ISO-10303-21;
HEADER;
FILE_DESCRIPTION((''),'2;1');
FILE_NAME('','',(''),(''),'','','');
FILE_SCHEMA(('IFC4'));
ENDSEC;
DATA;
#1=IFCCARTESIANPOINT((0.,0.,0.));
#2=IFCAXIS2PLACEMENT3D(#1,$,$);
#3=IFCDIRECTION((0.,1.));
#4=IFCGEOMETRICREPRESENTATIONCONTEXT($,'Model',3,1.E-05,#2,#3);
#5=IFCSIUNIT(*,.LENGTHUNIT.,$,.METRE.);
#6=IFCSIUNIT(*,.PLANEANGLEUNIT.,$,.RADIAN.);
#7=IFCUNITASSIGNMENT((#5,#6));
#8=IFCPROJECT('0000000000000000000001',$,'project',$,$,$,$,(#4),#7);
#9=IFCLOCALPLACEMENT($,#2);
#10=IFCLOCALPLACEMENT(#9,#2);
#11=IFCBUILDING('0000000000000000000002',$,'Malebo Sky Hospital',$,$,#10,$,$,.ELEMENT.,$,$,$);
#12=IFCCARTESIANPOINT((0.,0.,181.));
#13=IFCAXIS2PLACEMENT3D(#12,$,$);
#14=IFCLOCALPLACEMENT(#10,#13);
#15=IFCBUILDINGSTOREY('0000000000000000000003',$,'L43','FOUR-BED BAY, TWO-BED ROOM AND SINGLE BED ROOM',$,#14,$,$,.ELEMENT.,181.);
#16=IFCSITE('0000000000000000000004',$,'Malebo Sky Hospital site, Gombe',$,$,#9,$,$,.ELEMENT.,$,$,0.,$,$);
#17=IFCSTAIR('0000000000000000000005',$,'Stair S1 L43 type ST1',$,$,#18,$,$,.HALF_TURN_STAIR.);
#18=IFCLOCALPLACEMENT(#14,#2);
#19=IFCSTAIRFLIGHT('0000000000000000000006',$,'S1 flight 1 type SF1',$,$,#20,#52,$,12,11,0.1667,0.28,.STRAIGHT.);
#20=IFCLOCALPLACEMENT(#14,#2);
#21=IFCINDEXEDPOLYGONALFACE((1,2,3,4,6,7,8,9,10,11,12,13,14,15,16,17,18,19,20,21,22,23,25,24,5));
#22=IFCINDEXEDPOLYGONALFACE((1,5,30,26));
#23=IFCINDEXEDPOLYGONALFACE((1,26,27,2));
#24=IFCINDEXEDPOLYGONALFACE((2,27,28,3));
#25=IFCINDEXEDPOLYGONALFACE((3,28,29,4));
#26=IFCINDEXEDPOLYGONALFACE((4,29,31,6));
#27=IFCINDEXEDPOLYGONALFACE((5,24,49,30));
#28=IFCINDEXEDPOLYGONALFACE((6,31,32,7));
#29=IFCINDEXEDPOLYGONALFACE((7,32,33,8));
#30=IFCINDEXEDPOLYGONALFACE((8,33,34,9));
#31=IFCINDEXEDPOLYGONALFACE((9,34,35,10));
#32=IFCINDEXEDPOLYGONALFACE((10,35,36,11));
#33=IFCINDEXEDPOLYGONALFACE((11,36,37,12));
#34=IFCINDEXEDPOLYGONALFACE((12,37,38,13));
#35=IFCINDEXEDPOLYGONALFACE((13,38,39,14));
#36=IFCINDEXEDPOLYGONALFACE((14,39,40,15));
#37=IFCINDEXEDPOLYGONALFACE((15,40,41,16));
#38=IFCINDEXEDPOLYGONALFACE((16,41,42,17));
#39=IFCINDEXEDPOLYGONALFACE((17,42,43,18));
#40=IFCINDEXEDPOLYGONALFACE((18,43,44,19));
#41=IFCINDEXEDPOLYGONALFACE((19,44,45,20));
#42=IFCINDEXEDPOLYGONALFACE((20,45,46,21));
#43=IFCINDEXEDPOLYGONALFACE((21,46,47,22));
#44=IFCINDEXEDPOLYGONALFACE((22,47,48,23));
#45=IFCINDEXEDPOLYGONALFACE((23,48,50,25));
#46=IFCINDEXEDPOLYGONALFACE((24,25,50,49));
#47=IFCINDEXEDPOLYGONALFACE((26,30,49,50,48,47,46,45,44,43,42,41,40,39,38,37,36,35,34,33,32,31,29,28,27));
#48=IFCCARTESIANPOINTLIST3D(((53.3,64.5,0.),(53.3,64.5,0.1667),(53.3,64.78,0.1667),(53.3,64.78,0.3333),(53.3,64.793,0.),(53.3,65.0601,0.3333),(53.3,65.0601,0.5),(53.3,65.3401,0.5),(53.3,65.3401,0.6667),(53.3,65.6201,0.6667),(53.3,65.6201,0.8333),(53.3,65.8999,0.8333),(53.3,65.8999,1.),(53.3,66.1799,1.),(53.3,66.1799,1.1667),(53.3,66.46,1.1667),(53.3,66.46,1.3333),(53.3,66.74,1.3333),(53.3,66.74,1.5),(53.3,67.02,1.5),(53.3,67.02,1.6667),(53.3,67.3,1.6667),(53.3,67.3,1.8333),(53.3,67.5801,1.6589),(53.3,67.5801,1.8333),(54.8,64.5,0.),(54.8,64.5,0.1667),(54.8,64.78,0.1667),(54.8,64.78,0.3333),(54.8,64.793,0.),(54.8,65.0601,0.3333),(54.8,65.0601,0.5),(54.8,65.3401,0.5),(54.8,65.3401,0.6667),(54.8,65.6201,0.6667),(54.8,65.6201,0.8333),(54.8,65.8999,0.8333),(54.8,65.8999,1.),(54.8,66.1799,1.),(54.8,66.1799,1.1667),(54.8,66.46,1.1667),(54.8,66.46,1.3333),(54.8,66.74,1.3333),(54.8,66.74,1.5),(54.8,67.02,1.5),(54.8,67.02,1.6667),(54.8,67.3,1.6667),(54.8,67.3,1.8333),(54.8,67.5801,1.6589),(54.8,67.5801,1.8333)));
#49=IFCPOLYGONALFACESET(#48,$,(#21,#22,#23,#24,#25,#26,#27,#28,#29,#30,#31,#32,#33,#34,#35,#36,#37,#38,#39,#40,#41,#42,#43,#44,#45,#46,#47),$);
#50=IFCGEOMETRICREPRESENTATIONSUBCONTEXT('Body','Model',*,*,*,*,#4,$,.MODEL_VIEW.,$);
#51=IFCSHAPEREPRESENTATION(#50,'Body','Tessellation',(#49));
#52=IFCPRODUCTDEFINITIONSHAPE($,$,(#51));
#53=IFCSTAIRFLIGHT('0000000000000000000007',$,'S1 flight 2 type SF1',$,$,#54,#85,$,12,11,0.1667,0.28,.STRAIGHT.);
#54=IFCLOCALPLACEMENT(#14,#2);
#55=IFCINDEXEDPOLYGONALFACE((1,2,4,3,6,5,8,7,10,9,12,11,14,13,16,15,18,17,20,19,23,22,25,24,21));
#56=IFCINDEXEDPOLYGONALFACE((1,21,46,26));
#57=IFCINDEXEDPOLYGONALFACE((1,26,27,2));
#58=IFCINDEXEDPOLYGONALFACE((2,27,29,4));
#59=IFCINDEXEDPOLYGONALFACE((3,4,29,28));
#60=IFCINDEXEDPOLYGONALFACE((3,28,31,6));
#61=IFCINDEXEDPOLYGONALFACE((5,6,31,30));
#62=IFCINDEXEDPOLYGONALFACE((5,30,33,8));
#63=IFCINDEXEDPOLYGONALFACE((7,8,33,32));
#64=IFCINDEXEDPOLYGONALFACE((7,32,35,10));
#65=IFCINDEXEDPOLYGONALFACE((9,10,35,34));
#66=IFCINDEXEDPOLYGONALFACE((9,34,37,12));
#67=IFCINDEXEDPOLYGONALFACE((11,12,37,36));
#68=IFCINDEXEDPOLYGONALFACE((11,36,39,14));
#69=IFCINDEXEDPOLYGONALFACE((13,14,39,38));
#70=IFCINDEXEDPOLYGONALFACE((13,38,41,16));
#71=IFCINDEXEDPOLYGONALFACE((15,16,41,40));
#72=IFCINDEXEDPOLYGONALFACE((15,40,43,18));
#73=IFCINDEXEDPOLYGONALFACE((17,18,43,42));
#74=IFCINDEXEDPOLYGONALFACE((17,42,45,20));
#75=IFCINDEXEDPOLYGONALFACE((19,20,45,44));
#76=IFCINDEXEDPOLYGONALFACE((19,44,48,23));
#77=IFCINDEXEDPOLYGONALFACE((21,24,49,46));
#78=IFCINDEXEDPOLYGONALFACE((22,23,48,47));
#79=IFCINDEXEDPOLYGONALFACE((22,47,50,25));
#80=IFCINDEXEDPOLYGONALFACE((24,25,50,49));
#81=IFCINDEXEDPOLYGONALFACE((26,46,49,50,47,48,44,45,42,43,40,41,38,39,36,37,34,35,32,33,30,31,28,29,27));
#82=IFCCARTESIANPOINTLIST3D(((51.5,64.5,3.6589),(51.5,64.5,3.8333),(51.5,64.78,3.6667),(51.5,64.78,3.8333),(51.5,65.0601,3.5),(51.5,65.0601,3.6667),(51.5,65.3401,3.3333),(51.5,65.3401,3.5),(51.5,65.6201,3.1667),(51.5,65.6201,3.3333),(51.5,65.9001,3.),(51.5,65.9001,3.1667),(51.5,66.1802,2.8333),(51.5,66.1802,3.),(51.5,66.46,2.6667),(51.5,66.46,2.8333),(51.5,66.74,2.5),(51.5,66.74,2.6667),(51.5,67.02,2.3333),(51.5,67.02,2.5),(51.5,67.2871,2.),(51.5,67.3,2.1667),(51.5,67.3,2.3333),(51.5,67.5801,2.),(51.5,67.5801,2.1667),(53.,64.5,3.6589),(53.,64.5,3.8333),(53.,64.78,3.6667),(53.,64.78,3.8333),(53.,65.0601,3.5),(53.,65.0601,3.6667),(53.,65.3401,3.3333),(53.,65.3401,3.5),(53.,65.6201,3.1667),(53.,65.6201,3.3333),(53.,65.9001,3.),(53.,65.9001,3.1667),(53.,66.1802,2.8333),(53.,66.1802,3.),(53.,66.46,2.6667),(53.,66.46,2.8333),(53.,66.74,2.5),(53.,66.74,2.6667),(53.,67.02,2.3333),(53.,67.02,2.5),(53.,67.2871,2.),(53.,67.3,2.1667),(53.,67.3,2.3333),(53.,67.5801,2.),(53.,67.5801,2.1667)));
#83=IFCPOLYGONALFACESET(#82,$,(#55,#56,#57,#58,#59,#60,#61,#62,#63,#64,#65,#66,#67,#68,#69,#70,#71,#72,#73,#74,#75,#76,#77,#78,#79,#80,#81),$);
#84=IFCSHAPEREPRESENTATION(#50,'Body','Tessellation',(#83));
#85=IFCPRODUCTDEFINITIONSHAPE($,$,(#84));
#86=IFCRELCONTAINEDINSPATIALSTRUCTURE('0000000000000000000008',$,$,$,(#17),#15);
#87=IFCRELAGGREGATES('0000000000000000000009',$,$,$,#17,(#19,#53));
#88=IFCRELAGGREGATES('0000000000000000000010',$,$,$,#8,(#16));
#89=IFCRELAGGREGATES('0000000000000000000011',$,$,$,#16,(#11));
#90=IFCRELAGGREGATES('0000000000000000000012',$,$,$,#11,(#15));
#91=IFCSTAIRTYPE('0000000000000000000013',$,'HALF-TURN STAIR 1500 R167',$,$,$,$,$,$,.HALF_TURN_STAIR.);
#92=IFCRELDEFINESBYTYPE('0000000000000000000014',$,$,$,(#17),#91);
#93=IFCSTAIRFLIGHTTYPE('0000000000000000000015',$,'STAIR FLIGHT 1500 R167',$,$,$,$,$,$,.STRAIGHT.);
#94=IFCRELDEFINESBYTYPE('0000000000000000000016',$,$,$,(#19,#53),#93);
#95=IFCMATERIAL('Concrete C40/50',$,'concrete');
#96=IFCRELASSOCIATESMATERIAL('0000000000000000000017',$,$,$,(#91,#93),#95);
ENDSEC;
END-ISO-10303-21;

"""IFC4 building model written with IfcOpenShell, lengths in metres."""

from ifc_helpers import new_model, si_unit, direction, frame, origin, place, context, subcontext, project, spatial, polyline, outline, extrude, material, type_object, element, aggregate, save


model = new_model("IFC4")

# Units and contexts
model_context = context("Model", 3, precision=1e-05, world=origin(), true_north=direction((0.0, 1.0)))
body_context = subcontext(model_context, "Body", "Model", "MODEL_VIEW")
ifc_project = project(units=[si_unit("LENGTHUNIT", "METRE"), si_unit("PLANEANGLEUNIT", "RADIAN")], contexts=[model_context])

# Site, building, storey
site_placement = place(None, origin())
site = spatial("IfcSite", under=ifc_project, at=site_placement, Name="Malebo Sky Hospital site, Gombe", CompositionType="ELEMENT", RefElevation=0.0)
building_placement = place(site_placement, origin())
building = spatial("IfcBuilding", under=site, at=building_placement, Name="Malebo Sky Hospital", CompositionType="ELEMENT")
storey_placement = place(building_placement, frame((0.0, 0.0, 181.0)))
storey = spatial("IfcBuildingStorey", under=building, at=storey_placement, Name="L43", Description="FOUR-BED BAY, TWO-BED ROOM AND SINGLE BED ROOM", CompositionType="ELEMENT", Elevation=181.0)

# Stair, stair flights
ifc_material_1 = material(Name="Concrete C40/50", Category="concrete")
stair_type = type_object("IfcStairType", Name="HALF-TURN STAIR 1500 R167", PredefinedType="HALF_TURN_STAIR", material=ifc_material_1)
stair_placement = place(storey_placement, origin())
stair = element("IfcStair", 1, at=stair_placement, inside=storey, type_object=stair_type, Name="Stair S1 L43 type ST1", PredefinedType="HALF_TURN_STAIR")
stair_flight_type = type_object("IfcStairFlightType", Name="STAIR FLIGHT 1500 R167", PredefinedType="STRAIGHT", material=ifc_material_1)
stair_flight_1_placement = place(storey_placement, frame((54.05, 64.5, 0.0), z_axis=(0.0, 0.0, 1.0), x_axis=(0.0, 1.0, 0.0)))
stair_flight_1 = element("IfcStairFlight", 2, at=stair_flight_1_placement, type_object=stair_flight_type, Name="S1 flight 1 type SF1", NumberOfRisers=12, NumberOfTreads=11, PredefinedType="STRAIGHT", RiserHeight=0.1667, TreadLength=0.28, context=body_context, shape_type="SweptSolid", body=[
    extrude(outline(polyline([(0.0, 0.0), (0.0, 0.1667), (0.28, 0.1667), (0.28, 0.3333), (0.5601, 0.3333), (0.5601, 0.5), (0.8401, 0.5), (0.8401, 0.6667), (1.1201, 0.6667), (1.1201, 0.8333), (1.3999, 0.8333), (1.3999, 1.0), (1.6799, 1.0), (1.6799, 1.1667), (1.96, 1.1667), (1.96, 1.3333), (2.24, 1.3333), (2.24, 1.5), (2.52, 1.5), (2.52, 1.6667), (2.8, 1.6667), (2.8, 1.8333), (3.0801, 1.8333), (3.0801, 2.0), (3.0801, 1.6589), (0.293, 0.0), (0.0, 0.0)])), frame((0.0, 0.75, 0.0), z_axis=(0.0, -1.0, 0.0), x_axis=(1.0, 0.0, 0.0)), (0.0, 0.0, 1.0), 1.5),
])
stair_flight_2_placement = place(storey_placement, frame((52.25, 67.5801, 2.0), z_axis=(0.0, 0.0, 1.0), x_axis=(0.0, -1.0, 0.0)))
stair_flight_2 = element("IfcStairFlight", 3, at=stair_flight_2_placement, type_object=stair_flight_type, Name="S1 flight 2 type SF1", NumberOfRisers=12, NumberOfTreads=11, PredefinedType="STRAIGHT", RiserHeight=0.1667, TreadLength=0.28, context=body_context, shape_type="SweptSolid", body=[
    extrude(outline(polyline([(0.0, 0.0), (0.0, 0.1667), (0.28, 0.1667), (0.28, 0.3333), (0.5601, 0.3333), (0.5601, 0.5), (0.8401, 0.5), (0.8401, 0.6667), (1.1201, 0.6667), (1.1201, 0.8333), (1.3999, 0.8333), (1.3999, 1.0), (1.6799, 1.0), (1.6799, 1.1667), (1.96, 1.1667), (1.96, 1.3333), (2.24, 1.3333), (2.24, 1.5), (2.52, 1.5), (2.52, 1.6667), (2.8, 1.6667), (2.8, 1.8333), (3.0801, 1.8333), (3.0801, 2.0), (3.0801, 1.6589), (0.293, 0.0), (0.0, 0.0)])), frame((0.0, 0.75, 0.0), z_axis=(0.0, -1.0, 0.0), x_axis=(1.0, 0.0, 0.0)), (0.0, 0.0, 1.0), 1.5),
])
aggregate(stair, [stair_flight_1, stair_flight_2])

save(model, "model.ifc")
